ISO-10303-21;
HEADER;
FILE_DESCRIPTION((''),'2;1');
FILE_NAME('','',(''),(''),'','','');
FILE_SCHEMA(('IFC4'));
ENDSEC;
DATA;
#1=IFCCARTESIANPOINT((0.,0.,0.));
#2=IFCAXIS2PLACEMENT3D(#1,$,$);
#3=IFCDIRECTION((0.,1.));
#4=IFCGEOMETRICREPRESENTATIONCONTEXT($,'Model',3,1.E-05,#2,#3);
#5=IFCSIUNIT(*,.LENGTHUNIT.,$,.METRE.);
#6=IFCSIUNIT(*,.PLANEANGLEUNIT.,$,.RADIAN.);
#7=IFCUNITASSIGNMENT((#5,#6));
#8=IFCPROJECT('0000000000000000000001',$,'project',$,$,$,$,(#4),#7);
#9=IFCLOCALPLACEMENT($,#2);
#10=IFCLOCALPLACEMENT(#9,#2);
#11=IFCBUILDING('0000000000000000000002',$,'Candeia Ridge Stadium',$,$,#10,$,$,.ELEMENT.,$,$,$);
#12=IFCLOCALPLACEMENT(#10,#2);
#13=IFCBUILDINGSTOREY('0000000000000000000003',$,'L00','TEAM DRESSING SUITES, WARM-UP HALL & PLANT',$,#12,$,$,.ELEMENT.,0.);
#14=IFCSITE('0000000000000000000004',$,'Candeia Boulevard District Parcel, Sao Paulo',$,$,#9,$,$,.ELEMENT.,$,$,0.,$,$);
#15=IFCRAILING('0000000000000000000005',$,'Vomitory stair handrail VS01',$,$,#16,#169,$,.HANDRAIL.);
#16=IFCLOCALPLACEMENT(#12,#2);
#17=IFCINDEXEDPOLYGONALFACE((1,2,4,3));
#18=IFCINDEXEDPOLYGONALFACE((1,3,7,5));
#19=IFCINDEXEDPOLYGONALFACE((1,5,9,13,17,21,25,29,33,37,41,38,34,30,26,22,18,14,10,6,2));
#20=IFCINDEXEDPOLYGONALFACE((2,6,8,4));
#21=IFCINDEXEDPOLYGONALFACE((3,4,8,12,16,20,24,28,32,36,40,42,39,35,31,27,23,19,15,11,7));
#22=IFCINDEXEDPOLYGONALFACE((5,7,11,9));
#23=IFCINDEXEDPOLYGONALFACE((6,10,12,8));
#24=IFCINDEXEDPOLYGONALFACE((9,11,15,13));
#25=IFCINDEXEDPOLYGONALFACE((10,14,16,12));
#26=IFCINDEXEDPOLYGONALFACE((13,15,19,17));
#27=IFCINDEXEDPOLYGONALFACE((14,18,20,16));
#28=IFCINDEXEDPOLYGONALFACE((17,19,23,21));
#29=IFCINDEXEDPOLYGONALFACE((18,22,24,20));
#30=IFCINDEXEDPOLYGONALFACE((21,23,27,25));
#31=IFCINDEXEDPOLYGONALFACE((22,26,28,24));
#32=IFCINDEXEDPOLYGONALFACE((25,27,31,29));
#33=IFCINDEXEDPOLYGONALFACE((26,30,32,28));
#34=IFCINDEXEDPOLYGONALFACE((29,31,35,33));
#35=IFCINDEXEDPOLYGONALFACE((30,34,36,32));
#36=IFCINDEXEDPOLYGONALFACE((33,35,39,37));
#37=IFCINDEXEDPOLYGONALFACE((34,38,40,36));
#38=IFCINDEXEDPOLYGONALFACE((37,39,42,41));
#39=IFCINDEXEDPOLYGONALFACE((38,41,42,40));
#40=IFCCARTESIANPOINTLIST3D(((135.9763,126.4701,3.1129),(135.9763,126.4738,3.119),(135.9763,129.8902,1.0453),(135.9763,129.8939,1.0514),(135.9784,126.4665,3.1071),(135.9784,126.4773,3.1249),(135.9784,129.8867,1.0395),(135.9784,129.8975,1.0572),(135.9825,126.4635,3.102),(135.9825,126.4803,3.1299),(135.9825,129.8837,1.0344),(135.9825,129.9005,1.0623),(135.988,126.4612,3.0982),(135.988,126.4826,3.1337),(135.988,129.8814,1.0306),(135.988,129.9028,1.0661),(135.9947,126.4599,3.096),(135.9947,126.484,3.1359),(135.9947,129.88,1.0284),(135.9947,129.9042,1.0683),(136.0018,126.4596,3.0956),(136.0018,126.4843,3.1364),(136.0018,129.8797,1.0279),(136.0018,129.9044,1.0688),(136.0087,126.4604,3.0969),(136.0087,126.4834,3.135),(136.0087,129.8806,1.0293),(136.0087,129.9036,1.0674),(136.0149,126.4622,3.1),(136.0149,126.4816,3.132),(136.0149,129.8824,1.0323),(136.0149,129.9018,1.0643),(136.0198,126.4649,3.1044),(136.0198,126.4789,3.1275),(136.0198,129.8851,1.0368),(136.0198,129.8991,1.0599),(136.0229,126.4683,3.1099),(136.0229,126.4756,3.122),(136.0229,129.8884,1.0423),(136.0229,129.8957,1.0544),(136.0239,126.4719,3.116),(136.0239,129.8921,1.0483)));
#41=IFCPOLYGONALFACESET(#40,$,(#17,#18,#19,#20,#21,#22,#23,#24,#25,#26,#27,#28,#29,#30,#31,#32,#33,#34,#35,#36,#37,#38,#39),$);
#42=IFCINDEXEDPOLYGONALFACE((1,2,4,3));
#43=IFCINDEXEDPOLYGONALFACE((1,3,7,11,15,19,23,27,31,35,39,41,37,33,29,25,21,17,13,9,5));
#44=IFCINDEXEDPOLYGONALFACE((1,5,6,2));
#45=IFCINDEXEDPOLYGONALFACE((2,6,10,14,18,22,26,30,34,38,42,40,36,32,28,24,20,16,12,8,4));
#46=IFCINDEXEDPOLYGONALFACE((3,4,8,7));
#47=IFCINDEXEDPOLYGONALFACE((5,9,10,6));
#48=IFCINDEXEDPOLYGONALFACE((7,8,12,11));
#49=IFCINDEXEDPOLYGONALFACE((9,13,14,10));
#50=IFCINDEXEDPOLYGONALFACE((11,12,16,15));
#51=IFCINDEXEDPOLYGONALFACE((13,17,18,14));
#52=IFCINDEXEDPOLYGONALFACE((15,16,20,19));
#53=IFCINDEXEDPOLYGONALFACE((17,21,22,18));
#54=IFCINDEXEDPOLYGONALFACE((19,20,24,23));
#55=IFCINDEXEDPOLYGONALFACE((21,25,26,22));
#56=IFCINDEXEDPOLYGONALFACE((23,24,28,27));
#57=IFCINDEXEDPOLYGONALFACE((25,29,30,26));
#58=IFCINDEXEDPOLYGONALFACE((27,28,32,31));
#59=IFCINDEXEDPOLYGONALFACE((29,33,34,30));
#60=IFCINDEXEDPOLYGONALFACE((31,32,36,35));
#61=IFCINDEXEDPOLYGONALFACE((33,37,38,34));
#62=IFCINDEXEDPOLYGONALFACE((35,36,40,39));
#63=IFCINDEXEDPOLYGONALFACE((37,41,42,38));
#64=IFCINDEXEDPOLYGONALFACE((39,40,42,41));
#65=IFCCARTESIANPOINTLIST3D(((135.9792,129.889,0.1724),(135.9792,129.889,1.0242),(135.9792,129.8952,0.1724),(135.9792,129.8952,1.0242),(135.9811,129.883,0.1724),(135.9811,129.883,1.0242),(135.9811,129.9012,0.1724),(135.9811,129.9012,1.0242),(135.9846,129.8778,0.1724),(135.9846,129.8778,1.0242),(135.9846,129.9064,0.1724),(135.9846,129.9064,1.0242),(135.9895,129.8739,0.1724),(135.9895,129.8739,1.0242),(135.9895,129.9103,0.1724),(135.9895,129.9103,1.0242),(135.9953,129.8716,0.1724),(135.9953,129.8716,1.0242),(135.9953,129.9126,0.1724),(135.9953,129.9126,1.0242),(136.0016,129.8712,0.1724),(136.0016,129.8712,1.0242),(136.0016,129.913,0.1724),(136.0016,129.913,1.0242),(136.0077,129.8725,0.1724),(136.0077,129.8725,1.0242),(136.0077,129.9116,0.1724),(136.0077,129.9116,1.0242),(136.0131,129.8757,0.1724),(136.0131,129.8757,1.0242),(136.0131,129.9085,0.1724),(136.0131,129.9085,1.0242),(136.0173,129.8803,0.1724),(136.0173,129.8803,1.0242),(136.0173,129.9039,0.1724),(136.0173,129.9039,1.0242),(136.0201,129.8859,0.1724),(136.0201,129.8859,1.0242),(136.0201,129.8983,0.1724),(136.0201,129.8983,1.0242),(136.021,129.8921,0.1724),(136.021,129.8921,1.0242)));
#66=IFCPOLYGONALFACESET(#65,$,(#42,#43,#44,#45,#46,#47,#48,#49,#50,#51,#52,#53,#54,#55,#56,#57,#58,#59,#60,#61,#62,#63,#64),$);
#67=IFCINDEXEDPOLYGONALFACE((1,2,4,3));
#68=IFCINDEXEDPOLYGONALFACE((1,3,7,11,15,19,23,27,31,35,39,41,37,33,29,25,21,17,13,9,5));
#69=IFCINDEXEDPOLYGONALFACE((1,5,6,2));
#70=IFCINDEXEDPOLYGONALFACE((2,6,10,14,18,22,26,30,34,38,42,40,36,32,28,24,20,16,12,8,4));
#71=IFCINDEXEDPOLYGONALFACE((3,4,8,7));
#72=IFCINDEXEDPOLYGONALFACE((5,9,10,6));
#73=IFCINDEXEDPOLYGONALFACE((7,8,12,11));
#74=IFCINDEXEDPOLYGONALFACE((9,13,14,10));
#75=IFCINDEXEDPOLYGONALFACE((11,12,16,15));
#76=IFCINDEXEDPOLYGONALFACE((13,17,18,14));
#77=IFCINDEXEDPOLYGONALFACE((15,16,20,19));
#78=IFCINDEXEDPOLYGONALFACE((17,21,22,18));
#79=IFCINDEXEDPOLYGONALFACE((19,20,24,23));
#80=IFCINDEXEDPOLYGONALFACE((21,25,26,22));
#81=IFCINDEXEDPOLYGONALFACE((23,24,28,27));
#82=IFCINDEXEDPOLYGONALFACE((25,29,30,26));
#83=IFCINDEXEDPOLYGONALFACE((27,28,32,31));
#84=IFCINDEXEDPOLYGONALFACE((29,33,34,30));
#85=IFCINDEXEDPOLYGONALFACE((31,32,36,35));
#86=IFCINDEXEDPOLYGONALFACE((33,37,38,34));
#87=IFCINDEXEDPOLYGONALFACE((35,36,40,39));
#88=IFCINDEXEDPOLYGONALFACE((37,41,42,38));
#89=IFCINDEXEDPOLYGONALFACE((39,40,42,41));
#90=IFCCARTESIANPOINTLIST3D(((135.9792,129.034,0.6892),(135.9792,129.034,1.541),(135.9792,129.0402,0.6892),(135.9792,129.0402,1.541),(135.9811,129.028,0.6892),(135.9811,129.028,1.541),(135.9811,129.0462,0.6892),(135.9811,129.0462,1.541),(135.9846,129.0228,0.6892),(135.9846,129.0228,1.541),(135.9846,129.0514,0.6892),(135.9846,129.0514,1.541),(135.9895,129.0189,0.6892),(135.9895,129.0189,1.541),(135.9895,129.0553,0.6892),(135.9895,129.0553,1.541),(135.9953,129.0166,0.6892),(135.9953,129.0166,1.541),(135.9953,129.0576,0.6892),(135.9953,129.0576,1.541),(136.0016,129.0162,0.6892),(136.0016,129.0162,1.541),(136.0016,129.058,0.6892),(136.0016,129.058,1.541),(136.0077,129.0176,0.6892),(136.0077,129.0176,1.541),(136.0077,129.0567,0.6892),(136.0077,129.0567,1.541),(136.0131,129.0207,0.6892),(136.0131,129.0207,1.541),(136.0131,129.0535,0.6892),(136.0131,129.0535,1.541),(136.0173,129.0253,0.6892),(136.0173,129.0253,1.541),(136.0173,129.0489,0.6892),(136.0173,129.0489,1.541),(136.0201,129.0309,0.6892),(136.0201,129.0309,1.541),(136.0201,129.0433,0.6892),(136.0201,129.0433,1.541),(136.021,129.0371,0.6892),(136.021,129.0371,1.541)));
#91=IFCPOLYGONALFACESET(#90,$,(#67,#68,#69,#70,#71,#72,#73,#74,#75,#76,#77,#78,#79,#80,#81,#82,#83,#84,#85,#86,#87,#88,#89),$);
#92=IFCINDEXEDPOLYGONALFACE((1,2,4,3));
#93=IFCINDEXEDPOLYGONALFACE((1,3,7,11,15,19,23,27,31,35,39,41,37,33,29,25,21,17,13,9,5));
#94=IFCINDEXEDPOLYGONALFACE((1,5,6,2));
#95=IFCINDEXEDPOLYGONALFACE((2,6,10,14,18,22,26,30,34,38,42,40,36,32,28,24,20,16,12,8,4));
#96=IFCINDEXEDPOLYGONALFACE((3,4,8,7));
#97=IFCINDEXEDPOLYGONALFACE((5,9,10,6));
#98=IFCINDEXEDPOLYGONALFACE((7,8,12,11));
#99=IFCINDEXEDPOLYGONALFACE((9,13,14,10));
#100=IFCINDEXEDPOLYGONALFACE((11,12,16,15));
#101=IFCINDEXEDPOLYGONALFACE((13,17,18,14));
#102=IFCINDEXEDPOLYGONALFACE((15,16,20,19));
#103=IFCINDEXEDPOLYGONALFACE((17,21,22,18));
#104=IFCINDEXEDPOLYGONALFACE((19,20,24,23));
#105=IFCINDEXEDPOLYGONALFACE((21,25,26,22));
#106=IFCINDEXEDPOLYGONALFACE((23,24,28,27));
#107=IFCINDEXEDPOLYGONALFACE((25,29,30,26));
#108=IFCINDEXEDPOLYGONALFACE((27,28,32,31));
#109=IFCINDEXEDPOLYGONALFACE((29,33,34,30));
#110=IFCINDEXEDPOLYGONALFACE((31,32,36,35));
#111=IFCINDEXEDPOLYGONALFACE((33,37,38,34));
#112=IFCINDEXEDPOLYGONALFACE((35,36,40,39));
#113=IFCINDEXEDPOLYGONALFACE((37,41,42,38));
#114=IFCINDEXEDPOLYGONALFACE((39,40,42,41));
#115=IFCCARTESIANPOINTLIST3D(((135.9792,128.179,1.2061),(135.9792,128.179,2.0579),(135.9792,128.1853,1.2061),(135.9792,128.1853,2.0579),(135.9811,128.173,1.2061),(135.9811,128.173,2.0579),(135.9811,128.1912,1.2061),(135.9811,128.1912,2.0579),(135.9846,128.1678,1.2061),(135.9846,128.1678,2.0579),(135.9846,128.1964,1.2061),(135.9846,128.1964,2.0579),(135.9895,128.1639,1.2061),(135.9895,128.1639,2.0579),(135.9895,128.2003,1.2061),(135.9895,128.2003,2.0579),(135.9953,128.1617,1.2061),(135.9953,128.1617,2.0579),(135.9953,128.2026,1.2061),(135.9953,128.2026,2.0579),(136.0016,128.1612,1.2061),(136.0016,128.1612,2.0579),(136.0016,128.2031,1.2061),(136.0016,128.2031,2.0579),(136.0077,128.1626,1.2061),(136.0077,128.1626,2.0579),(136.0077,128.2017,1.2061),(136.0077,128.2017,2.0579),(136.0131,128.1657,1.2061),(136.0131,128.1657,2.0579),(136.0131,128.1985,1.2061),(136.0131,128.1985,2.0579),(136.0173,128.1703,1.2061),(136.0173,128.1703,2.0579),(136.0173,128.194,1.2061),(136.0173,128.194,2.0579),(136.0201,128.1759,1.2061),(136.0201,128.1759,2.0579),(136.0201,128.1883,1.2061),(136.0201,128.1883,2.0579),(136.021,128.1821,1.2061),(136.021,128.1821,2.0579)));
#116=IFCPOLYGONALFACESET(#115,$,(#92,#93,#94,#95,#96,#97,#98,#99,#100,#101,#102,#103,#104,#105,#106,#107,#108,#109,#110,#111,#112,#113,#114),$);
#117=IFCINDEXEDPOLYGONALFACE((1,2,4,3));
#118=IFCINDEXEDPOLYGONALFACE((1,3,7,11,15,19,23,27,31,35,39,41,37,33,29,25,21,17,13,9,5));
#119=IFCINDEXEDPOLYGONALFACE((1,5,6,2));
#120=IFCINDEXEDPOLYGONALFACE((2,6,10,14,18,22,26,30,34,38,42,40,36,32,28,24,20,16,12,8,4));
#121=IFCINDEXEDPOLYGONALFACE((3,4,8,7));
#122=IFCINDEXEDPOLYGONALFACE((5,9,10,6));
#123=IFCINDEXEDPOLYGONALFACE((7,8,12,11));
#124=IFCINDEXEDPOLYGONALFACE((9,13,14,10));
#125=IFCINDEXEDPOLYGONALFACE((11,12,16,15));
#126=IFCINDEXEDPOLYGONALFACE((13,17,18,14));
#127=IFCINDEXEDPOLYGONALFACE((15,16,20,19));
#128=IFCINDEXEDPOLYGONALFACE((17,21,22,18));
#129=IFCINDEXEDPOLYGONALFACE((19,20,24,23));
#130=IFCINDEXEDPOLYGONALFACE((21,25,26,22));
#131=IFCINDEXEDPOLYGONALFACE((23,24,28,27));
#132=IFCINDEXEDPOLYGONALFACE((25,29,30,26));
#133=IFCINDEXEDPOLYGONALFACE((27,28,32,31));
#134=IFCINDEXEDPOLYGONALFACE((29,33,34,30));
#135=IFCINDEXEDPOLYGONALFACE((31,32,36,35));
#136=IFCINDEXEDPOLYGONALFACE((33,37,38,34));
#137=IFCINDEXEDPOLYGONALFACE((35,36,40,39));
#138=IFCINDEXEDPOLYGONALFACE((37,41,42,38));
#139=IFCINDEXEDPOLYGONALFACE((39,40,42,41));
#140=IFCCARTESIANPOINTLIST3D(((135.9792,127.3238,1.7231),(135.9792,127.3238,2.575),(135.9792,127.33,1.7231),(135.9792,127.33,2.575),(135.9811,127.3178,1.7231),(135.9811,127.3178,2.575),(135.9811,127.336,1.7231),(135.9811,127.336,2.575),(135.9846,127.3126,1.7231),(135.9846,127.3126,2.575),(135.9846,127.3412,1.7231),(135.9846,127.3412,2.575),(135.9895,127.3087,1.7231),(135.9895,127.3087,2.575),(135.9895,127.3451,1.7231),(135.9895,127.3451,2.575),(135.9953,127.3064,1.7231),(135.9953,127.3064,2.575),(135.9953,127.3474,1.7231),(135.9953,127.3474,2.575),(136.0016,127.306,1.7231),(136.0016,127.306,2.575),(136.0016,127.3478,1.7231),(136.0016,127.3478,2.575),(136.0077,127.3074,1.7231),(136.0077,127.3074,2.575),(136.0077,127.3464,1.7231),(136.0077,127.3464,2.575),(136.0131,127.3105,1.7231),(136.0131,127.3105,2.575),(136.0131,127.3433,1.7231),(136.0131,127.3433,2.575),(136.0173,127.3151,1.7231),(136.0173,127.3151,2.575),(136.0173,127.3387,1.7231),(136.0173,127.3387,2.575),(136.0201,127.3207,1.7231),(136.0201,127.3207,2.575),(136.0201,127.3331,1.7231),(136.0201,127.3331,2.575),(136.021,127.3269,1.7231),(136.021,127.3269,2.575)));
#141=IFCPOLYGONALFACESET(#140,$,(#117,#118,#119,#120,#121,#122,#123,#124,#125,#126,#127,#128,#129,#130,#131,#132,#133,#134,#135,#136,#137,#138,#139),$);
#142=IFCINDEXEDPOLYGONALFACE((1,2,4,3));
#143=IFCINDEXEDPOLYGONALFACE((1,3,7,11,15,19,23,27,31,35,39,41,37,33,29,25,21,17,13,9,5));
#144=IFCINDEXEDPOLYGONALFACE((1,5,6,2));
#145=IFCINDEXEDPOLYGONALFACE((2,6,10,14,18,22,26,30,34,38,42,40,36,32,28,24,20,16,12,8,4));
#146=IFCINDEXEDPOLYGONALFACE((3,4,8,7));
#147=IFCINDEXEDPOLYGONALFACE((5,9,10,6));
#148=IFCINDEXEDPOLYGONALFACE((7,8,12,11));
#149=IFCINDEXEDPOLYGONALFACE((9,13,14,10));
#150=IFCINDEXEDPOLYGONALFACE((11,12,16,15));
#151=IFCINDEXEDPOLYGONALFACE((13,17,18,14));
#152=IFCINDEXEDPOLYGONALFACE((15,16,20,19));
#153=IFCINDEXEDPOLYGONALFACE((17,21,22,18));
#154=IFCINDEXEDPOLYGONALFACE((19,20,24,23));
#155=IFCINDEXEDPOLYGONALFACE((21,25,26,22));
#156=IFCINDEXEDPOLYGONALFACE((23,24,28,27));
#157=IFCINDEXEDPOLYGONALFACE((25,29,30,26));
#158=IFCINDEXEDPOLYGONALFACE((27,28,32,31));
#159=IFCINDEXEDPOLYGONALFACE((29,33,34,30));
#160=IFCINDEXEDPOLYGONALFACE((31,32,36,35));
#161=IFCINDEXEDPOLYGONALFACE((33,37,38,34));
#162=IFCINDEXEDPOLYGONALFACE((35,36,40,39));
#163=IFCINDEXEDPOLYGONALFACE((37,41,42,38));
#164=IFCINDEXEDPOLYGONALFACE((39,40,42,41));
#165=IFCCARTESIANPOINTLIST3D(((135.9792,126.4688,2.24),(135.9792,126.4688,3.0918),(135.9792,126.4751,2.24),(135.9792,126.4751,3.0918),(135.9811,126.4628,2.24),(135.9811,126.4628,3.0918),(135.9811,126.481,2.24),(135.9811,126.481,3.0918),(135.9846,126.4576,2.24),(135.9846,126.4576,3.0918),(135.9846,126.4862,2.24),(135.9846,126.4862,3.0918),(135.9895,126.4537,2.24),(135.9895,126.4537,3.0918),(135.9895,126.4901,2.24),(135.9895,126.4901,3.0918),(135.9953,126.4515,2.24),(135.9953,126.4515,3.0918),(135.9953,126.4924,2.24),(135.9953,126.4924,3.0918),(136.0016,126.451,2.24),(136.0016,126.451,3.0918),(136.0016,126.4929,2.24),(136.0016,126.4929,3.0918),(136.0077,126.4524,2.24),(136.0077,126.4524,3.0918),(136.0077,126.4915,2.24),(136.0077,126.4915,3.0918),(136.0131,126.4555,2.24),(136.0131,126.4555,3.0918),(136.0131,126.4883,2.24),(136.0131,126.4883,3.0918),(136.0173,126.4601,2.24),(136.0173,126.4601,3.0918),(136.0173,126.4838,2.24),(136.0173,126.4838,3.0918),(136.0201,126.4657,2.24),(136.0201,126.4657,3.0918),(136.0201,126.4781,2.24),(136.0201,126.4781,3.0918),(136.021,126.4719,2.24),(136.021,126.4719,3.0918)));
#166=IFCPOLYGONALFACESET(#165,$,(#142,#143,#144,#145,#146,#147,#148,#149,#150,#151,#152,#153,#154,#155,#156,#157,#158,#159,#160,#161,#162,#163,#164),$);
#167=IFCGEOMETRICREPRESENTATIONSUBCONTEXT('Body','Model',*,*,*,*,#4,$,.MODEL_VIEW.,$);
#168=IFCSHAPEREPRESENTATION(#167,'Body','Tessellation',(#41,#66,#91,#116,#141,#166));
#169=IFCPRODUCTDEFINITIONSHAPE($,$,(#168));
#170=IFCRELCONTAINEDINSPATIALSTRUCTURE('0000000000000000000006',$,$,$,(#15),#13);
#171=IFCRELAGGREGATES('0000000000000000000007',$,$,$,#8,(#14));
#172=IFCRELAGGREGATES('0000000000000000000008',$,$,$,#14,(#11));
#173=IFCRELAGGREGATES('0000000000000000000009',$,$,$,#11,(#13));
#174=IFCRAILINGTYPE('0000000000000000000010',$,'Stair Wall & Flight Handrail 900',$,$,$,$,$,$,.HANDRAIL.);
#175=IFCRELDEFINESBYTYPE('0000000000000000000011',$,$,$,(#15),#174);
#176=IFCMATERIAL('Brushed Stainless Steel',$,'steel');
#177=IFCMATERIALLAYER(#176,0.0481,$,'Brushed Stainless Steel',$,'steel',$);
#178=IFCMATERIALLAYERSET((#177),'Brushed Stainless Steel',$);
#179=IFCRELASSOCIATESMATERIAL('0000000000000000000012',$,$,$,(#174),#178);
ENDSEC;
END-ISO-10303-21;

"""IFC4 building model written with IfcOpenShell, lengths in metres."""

from ifc_helpers import new_model, si_unit, direction, frame, origin, origin_2d, place, context, subcontext, project, spatial, circle, extrude, material, layer, layer_set, type_object, element, save


model = new_model("IFC4")

# Units and contexts
model_context = context("Model", 3, precision=1e-05, world=origin(), true_north=direction((0.0, 1.0)))
body_context = subcontext(model_context, "Body", "Model", "MODEL_VIEW")
ifc_project = project(units=[si_unit("LENGTHUNIT", "METRE"), si_unit("PLANEANGLEUNIT", "RADIAN")], contexts=[model_context])

# Site, building, storey
site_placement = place(None, origin())
site = spatial("IfcSite", under=ifc_project, at=site_placement, Name="Candeia Boulevard District Parcel, Sao Paulo", CompositionType="ELEMENT", RefElevation=0.0)
building_placement = place(site_placement, origin())
building = spatial("IfcBuilding", under=site, at=building_placement, Name="Candeia Ridge Stadium", CompositionType="ELEMENT")
storey_placement = place(building_placement, origin())
storey = spatial("IfcBuildingStorey", under=building, at=storey_placement, Name="L00", Description="TEAM DRESSING SUITES, WARM-UP HALL & PLANT", CompositionType="ELEMENT", Elevation=0.0)

# Railing
ifc_material_1 = material(Name="Brushed Stainless Steel", Category="steel")
ifc_layer_1 = layer(ifc_material_1, 0.0481, Name="Brushed Stainless Steel", Category="steel")
ifc_layer_set_1 = layer_set([ifc_layer_1], Name="Brushed Stainless Steel")
railing_type_1 = type_object("IfcRailingType", Name="Stair Wall & Flight Handrail 900", PredefinedType="HANDRAIL", material=ifc_layer_set_1)
railing_1_placement = place(storey_placement, frame((136.0, 129.8921, 0.1724)))
element("IfcRailing", 1, at=railing_1_placement, inside=storey, type_object=railing_type_1, Name="Vomitory stair handrail VS01", PredefinedType="HANDRAIL", context=body_context, shape_type="SweptSolid", body=[
    extrude(circle(Radius=0.0239, at=origin_2d()), frame((0.0, 0.0, 0.876), z_axis=(0.0, -0.855774, 0.51735), x_axis=(1.0, 0.0, 0.0)), (0.0, 0.0, 1.0), 3.9966),
    extrude(circle(Radius=0.021, at=origin_2d()), origin(), (0.0, 0.0, 1.0), 0.8518),
    extrude(circle(Radius=0.021, at=origin_2d()), frame((0.0, -0.855, 0.5168)), (0.0, 0.0, 1.0), 0.8518),
    extrude(circle(Radius=0.021, at=origin_2d()), frame((0.0, -1.71, 1.0337)), (0.0, 0.0, 1.0), 0.8518),
    extrude(circle(Radius=0.021, at=origin_2d()), frame((0.0, -2.5652, 1.5508)), (0.0, 0.0, 1.0), 0.8518),
    extrude(circle(Radius=0.021, at=origin_2d()), frame((0.0, -3.4202, 2.0676)), (0.0, 0.0, 1.0), 0.8518),
])

save(model, "model.ifc")
